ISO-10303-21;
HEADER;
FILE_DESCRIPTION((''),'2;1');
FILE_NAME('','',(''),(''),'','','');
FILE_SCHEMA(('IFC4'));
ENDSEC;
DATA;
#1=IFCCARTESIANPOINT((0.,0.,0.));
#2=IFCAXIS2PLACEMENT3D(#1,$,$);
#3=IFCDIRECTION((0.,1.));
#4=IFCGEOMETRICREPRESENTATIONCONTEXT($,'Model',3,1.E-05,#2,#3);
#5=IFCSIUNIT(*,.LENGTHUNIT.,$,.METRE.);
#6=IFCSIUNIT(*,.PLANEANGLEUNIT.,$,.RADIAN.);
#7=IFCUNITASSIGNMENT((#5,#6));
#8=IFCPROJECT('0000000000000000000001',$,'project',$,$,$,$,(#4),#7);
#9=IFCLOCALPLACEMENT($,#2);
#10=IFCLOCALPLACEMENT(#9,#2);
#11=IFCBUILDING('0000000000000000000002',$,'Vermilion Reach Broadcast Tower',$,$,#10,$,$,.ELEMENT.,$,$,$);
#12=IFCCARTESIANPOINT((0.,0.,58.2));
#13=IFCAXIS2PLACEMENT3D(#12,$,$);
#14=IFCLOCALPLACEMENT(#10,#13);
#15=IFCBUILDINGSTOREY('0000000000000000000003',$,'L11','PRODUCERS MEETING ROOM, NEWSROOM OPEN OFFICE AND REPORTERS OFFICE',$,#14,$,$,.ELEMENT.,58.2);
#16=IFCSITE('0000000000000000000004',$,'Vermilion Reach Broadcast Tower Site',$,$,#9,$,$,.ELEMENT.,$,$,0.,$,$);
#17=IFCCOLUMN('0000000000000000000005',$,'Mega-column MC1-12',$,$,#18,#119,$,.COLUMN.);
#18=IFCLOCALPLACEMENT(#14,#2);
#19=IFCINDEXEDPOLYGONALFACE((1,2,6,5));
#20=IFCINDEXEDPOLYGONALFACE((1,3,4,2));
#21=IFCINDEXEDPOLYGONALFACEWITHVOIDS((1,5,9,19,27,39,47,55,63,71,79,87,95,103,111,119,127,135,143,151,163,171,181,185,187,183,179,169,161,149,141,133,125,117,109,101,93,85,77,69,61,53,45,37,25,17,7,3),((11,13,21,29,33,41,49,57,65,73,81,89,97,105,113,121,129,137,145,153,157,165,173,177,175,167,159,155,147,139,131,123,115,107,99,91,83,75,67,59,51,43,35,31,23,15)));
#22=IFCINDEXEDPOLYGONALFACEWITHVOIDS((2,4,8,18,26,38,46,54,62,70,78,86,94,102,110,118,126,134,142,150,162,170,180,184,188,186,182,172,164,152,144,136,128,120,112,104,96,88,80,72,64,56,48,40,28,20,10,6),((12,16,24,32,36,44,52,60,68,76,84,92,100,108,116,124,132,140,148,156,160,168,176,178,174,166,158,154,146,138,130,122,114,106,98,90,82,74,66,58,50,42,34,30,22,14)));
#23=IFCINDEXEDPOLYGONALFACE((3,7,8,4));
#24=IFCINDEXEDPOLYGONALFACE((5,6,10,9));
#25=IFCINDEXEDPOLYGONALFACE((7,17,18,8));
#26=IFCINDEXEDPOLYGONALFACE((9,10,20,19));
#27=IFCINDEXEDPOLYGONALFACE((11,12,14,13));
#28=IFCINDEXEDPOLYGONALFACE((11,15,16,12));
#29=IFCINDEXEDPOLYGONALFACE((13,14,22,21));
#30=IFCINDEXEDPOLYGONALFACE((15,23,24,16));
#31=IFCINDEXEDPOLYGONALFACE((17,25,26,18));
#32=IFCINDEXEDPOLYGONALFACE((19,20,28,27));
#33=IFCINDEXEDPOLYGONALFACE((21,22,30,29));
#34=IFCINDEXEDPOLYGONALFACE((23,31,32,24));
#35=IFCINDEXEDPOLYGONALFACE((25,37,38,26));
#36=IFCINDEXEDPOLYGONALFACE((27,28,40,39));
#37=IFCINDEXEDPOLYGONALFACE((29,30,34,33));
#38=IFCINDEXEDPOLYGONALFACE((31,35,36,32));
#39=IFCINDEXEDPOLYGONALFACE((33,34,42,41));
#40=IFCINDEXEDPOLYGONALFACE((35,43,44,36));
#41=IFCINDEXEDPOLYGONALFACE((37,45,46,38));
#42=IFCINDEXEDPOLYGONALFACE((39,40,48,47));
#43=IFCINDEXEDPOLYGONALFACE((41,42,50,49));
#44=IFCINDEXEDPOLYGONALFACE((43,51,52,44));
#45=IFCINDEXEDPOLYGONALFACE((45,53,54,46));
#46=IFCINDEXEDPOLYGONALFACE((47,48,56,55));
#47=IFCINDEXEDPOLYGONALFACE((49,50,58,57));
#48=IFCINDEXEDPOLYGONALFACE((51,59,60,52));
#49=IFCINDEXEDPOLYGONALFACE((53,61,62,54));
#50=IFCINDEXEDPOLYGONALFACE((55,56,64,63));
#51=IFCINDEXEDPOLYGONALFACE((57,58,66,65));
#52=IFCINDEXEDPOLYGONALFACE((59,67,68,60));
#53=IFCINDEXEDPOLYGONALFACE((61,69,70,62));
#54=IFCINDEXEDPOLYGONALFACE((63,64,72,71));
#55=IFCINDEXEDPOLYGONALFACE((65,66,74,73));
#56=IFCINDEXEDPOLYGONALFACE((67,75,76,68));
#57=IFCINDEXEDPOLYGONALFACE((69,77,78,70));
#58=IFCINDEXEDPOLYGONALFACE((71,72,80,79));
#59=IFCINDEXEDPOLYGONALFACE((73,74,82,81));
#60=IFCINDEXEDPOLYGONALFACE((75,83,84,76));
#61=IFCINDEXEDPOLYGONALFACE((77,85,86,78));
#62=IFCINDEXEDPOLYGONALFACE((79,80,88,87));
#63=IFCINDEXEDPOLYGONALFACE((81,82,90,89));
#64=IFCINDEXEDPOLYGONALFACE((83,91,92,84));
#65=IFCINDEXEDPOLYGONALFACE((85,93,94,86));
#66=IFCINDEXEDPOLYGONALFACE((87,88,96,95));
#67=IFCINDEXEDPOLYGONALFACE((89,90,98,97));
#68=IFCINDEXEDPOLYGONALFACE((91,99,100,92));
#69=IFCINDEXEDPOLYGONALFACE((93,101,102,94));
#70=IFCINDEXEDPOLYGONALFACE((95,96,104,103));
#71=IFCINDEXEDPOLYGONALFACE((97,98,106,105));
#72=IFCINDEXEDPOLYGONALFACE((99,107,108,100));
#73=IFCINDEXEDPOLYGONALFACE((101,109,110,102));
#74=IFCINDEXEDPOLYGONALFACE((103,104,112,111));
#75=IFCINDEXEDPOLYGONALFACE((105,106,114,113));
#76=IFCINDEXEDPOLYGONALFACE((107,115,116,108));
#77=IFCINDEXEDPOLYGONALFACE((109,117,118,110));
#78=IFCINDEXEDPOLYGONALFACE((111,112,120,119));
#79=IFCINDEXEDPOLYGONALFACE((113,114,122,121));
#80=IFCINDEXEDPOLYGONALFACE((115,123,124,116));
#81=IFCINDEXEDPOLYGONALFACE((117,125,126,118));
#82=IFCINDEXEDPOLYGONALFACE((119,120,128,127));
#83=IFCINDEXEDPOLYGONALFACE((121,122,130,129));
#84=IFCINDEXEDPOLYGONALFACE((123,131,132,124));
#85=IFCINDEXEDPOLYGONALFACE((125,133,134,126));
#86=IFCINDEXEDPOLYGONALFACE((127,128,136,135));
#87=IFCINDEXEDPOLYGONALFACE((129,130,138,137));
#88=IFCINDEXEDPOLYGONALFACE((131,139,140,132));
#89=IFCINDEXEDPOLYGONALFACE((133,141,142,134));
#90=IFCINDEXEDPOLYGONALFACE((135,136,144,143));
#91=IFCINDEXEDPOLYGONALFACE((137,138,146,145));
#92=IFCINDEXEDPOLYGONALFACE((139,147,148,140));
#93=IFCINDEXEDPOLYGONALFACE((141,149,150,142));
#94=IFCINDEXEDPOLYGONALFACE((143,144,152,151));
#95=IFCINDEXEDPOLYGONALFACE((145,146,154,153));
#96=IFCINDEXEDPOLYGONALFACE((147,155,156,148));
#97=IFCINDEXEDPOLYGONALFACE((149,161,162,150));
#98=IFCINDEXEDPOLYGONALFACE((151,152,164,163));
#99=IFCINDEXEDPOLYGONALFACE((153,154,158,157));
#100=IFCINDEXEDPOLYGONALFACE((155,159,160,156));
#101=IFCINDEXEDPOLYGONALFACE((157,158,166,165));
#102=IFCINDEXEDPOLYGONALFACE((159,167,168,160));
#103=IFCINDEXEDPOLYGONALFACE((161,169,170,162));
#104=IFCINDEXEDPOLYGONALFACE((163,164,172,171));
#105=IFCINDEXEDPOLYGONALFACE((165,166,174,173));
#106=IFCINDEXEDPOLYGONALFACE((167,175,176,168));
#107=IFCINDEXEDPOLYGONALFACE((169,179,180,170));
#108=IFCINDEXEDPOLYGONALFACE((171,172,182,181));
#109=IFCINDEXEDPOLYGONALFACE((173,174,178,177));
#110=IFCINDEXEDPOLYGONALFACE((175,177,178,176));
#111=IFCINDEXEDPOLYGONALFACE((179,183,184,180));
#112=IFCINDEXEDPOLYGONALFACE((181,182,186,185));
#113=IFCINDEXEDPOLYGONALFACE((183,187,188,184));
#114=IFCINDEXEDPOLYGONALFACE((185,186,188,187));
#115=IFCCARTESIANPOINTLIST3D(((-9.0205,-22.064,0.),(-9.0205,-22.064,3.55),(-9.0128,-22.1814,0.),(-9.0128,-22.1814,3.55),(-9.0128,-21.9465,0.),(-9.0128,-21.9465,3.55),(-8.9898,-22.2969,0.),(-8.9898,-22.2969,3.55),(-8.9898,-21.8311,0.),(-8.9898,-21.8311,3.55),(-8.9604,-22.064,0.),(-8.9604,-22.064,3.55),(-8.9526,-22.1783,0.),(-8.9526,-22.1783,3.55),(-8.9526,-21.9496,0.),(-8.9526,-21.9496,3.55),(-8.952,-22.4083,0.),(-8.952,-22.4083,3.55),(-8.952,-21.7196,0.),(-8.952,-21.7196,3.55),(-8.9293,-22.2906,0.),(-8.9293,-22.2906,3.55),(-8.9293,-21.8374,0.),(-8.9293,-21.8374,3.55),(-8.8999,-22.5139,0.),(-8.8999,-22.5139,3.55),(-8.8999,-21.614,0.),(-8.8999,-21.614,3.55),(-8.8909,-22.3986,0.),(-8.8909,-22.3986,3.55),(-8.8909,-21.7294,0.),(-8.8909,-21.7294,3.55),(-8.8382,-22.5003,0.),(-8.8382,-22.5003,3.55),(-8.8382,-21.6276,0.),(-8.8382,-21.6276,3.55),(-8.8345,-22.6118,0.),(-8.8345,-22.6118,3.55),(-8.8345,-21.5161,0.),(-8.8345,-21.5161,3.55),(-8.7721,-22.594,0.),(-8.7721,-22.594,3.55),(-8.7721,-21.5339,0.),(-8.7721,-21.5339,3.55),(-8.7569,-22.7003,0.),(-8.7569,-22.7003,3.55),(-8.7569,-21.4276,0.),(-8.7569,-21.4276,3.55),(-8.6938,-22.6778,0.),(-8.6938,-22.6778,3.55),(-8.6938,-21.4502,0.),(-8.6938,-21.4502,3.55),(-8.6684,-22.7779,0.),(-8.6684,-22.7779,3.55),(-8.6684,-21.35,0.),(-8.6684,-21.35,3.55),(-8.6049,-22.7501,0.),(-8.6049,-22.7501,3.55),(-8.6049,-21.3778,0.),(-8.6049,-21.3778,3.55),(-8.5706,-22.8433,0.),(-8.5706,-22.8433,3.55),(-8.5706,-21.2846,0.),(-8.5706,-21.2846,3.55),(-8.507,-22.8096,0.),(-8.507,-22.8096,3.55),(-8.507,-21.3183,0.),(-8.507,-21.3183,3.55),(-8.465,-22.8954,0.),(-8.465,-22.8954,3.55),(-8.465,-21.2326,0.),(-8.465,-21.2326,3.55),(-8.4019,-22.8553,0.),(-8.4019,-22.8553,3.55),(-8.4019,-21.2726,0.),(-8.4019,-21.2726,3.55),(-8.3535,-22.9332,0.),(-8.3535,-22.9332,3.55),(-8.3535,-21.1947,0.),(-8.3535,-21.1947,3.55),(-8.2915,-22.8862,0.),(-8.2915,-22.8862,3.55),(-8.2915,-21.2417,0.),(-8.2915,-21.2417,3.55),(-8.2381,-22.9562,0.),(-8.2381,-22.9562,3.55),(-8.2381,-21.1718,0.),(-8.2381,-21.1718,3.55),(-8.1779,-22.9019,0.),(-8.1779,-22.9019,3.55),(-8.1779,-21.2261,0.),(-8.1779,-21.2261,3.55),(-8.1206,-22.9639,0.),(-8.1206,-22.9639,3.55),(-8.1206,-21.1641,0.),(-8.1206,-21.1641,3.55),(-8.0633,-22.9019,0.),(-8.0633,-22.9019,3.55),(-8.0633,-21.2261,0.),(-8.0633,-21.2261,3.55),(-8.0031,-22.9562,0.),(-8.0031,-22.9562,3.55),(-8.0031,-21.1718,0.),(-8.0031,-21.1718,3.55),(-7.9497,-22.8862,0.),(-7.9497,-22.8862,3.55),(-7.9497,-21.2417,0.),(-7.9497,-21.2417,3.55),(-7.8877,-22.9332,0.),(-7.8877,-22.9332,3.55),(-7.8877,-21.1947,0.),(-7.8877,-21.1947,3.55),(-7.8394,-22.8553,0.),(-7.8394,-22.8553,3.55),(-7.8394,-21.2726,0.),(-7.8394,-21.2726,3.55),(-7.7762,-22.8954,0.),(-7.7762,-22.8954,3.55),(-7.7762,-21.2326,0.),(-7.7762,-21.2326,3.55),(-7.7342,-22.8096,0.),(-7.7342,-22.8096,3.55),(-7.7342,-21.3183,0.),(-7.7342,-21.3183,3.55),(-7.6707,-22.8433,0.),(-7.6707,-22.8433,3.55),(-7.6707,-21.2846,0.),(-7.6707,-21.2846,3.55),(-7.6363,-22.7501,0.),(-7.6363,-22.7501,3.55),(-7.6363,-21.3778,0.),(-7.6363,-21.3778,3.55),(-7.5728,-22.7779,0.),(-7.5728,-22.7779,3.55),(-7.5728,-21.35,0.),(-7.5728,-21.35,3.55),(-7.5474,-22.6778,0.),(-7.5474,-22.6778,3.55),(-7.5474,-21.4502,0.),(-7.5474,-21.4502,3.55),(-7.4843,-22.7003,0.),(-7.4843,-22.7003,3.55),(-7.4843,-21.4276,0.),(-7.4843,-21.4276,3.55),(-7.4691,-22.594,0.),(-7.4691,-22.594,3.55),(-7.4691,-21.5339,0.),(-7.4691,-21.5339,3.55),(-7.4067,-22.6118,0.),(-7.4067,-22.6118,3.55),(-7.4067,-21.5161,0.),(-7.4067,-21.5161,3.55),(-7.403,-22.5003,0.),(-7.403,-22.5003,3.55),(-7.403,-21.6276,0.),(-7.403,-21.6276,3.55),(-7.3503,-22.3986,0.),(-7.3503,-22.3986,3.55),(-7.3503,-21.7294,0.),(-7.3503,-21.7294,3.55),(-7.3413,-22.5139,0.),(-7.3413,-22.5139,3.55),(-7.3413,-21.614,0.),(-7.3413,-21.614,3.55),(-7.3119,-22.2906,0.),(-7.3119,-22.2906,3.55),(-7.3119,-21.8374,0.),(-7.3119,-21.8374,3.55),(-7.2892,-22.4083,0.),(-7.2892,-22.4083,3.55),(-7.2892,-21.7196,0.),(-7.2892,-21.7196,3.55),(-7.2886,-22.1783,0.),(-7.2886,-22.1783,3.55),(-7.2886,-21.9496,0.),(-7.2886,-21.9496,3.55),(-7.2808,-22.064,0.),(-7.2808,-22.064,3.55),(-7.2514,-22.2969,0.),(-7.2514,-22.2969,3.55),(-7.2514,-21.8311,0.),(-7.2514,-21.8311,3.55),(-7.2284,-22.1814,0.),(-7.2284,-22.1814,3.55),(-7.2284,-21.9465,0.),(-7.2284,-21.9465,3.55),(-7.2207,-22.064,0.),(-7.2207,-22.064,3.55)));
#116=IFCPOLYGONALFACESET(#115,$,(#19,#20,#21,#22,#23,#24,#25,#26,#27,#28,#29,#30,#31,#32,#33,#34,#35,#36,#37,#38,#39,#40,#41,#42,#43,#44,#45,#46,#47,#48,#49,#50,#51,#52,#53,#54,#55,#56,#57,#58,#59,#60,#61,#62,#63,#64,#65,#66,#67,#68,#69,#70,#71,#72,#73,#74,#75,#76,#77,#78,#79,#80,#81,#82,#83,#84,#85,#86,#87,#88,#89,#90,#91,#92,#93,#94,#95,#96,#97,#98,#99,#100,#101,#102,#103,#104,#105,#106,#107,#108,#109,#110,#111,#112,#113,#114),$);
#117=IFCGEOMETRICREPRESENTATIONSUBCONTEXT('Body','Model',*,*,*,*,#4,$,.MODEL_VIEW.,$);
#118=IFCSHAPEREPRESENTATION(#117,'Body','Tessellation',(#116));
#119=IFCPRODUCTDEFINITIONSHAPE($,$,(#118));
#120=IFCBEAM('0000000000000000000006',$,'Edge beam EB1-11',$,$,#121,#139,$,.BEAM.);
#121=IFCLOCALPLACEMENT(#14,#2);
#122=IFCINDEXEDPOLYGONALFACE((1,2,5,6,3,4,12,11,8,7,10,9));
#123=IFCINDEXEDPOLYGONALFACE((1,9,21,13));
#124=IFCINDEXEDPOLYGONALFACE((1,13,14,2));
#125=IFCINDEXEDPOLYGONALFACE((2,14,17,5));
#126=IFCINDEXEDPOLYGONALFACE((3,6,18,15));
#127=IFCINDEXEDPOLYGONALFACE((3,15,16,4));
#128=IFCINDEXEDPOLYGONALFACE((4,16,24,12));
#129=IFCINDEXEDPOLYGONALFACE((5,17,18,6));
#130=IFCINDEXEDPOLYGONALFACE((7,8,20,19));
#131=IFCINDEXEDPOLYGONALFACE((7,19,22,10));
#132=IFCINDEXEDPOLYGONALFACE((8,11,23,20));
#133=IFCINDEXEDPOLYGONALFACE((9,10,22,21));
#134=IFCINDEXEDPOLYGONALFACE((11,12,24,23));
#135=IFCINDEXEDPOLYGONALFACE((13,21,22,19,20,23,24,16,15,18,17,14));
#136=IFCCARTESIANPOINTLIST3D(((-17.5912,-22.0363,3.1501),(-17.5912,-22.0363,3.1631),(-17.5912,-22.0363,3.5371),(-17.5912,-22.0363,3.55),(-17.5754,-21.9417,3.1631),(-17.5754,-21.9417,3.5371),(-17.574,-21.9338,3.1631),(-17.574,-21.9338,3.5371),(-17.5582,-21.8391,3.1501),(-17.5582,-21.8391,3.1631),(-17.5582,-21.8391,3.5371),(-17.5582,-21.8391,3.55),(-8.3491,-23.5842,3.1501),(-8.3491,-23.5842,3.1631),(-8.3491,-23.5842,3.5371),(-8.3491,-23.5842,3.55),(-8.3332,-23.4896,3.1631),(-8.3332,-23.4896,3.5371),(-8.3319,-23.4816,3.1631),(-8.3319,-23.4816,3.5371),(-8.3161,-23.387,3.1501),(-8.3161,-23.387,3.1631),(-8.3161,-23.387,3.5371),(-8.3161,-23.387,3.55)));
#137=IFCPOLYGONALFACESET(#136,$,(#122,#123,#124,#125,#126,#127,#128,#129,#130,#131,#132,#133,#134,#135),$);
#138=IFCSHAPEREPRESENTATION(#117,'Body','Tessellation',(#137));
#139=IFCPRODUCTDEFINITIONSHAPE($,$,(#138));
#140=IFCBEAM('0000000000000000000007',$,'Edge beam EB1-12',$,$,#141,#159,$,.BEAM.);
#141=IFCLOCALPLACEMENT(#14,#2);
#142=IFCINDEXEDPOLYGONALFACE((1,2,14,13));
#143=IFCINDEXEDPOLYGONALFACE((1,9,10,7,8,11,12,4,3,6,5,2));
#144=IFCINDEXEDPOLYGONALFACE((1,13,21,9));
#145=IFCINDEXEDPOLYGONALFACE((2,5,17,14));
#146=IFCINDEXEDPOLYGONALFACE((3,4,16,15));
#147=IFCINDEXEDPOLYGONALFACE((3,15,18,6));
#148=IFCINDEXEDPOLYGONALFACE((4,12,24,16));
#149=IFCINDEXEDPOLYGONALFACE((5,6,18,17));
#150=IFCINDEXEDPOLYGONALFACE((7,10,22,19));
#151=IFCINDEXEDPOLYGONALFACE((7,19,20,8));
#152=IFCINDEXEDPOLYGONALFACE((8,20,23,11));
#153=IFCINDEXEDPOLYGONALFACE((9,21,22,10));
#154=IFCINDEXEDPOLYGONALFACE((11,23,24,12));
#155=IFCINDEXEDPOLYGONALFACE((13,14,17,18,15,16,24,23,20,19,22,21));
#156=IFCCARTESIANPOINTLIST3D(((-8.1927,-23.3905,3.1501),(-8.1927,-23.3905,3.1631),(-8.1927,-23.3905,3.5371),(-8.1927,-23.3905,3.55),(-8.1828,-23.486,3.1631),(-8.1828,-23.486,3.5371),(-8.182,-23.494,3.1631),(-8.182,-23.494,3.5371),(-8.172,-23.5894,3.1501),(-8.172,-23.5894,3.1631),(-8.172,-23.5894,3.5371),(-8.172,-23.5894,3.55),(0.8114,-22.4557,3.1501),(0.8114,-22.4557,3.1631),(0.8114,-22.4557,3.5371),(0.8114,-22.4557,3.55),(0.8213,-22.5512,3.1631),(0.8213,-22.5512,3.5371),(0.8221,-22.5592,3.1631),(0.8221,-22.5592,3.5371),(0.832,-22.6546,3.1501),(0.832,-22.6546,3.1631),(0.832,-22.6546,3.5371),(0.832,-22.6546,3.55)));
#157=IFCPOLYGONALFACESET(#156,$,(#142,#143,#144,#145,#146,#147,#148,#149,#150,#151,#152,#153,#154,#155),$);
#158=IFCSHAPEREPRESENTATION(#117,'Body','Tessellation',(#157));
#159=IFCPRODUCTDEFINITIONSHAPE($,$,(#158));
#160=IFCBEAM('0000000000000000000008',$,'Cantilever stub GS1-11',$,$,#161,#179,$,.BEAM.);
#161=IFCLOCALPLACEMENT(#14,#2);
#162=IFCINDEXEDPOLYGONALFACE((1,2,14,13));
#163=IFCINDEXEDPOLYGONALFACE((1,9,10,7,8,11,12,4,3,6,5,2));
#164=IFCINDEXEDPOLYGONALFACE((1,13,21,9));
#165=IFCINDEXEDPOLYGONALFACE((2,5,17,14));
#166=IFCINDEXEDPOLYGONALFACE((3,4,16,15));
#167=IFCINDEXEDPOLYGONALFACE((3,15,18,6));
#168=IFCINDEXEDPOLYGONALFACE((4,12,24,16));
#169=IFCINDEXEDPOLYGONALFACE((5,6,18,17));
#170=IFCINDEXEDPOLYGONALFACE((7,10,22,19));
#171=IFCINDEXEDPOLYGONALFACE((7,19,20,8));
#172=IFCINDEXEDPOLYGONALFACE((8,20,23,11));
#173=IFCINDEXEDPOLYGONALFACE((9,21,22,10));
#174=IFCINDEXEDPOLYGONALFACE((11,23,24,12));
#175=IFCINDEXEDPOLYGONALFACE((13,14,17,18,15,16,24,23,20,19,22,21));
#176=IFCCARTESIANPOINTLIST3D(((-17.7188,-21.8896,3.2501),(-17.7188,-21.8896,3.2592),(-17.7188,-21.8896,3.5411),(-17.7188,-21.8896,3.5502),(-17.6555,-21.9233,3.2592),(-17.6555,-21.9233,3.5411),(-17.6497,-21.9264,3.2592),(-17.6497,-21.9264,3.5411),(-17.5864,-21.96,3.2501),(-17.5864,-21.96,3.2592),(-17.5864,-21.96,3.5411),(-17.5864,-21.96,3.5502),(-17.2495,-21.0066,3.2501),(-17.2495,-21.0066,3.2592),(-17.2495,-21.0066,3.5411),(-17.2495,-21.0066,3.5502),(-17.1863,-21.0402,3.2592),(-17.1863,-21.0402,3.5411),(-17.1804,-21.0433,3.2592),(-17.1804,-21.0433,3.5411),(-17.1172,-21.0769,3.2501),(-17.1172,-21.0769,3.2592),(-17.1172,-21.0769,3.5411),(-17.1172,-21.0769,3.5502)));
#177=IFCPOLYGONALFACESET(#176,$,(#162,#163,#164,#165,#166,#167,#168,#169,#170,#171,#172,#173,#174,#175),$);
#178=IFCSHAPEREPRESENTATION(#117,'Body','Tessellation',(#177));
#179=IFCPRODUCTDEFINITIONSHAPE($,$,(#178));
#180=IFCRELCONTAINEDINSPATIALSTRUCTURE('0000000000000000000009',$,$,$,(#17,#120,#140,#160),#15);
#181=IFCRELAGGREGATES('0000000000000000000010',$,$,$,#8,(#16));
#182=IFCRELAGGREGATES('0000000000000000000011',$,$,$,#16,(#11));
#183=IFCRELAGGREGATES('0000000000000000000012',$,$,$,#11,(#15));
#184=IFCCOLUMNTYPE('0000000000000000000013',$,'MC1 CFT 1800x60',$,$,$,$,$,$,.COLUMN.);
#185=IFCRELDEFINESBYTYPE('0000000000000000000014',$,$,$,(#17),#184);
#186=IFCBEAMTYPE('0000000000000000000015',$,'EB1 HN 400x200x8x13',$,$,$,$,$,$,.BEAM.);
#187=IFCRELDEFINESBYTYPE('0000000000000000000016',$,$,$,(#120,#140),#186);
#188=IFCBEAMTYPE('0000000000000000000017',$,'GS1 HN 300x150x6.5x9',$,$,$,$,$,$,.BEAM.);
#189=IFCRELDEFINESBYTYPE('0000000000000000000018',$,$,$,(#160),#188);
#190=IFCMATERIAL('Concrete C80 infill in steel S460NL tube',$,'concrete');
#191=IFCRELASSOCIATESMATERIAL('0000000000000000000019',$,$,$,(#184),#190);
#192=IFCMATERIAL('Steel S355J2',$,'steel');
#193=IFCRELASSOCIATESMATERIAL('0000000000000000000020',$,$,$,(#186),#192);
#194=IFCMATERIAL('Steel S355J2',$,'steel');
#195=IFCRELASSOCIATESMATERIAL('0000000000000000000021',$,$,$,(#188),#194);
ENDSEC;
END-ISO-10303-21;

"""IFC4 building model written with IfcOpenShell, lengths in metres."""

from ifc_helpers import new_model, si_unit, direction, frame, origin, origin_2d, place, context, subcontext, project, spatial, hollow_circle, i_section, extrude, material, material_profile, profile_set, type_object, element, save


model = new_model("IFC4")

# Units and contexts
model_context = context("Model", 3, precision=1e-05, world=origin(), true_north=direction((0.0, 1.0)))
body_context = subcontext(model_context, "Body", "Model", "MODEL_VIEW")
ifc_project = project(units=[si_unit("LENGTHUNIT", "METRE"), si_unit("PLANEANGLEUNIT", "RADIAN")], contexts=[model_context])

# Site, building, storey
site_placement = place(None, origin())
site = spatial("IfcSite", under=ifc_project, at=site_placement, Name="Vermilion Reach Broadcast Tower Site", CompositionType="ELEMENT", RefElevation=0.0)
building_placement = place(site_placement, origin())
building = spatial("IfcBuilding", under=site, at=building_placement, Name="Vermilion Reach Broadcast Tower", CompositionType="ELEMENT")
storey_placement = place(building_placement, frame((0.0, 0.0, 58.2)))
storey = spatial("IfcBuildingStorey", under=building, at=storey_placement, Name="L11", Description="PRODUCERS MEETING ROOM, NEWSROOM OPEN OFFICE AND REPORTERS OFFICE", CompositionType="ELEMENT", Elevation=58.2)

# Column
ifc_material_1 = material(Name="Concrete C80 infill in steel S460NL tube", Category="concrete")
ifc_material_profile_1 = material_profile(ifc_material_1, hollow_circle(Radius=0.8999, WallThickness=0.0601, at=origin_2d()), Name="Concrete C80 infill in steel S460NL tube CFT 1800x60")
ifc_profile_set_1 = profile_set([ifc_material_profile_1], Name="Concrete C80 infill in steel S460NL tube")
column_type = type_object("IfcColumnType", Name="MC1 CFT 1800x60", PredefinedType="COLUMN", material=ifc_profile_set_1)
for number, where, z_axis, x_axis, name in (
    (1, (-8.1206, -22.064, 0.0), (0.0, 0.0, 1.0), (1.0, 0.0, 0.0), "Mega-column MC1-12"),
):
    element("IfcColumn", number, at=place(storey_placement, frame(where, z_axis=z_axis, x_axis=x_axis)), inside=storey, type_object=column_type, Name=name, PredefinedType="COLUMN", context=body_context, shape_type="SweptSolid", body=[
        extrude(hollow_circle(Radius=0.8999, WallThickness=0.0601, at=origin_2d()), origin(), (0.0, 0.0, 1.0), 3.55),
    ])

# Beams
ifc_material_2 = material(Name="Steel S355J2", Category="steel")
ifc_material_profile_2 = material_profile(ifc_material_2, i_section(OverallWidth=0.2, OverallDepth=0.3999, WebThickness=0.0081, FlangeThickness=0.0129, at=origin_2d()), Name="S355J2 HN 400x200x8x13")
ifc_profile_set_2 = profile_set([ifc_material_profile_2], Name="Steel S355J2")
beam_type_1 = type_object("IfcBeamType", Name="EB1 HN 400x200x8x13", PredefinedType="BEAM", material=ifc_profile_set_2)
beam_1_placement = place(storey_placement, frame((-17.5747, -21.9377, 3.3501), z_axis=(0.986264, -0.165176, 0.0), x_axis=(0.165176, 0.986264, 0.0)))
element("IfcBeam", 2, at=beam_1_placement, inside=storey, type_object=beam_type_1, Name="Edge beam EB1-11", PredefinedType="BEAM", context=body_context, shape_type="SweptSolid", body=[
    extrude(i_section(OverallWidth=0.2, OverallDepth=0.3999, WebThickness=0.0081, FlangeThickness=0.0129, at=origin_2d()), origin(), (0.0, 0.0, 1.0), 9.3708),
])
beam_2_placement = place(storey_placement, frame((-8.1824, -23.49, 3.3501), z_axis=(0.994654, 0.103265, 0.0), x_axis=(-0.103265, 0.994654, 0.0)))
element("IfcBeam", 3, at=beam_2_placement, inside=storey, type_object=beam_type_1, Name="Edge beam EB1-12", PredefinedType="BEAM", context=body_context, shape_type="SweptSolid", body=[
    extrude(i_section(OverallWidth=0.2, OverallDepth=0.3999, WebThickness=0.0081, FlangeThickness=0.0129, at=origin_2d()), origin(), (0.0, 0.0, 1.0), 9.0525),
])
ifc_material_3 = material(Name="Steel S355J2", Category="steel")
ifc_material_profile_3 = material_profile(ifc_material_3, i_section(OverallWidth=0.1499, OverallDepth=0.3, WebThickness=0.0066, FlangeThickness=0.009, at=origin_2d()), Name="S355J2 HN 300x150x6.5x9")
ifc_profile_set_3 = profile_set([ifc_material_profile_3], Name="Steel S355J2")
beam_type_2 = type_object("IfcBeamType", Name="GS1 HN 300x150x6.5x9", PredefinedType="BEAM", material=ifc_profile_set_3)
for number, where, z_axis, x_axis, name in (
    (4, (-17.1833, -21.0417, 3.4001), (-0.469244, -0.883068, 0.0), (0.883068, -0.469244, 0.0), "Cantilever stub GS1-11"),
):
    element("IfcBeam", number, at=place(storey_placement, frame(where, z_axis=z_axis, x_axis=x_axis)), inside=storey, type_object=beam_type_2, Name=name, PredefinedType="BEAM", context=body_context, shape_type="SweptSolid", body=[
        extrude(i_section(OverallWidth=0.1499, OverallDepth=0.3, WebThickness=0.0066, FlangeThickness=0.009, at=origin_2d()), origin(), (0.0, 0.0, 1.0), 1.0),
    ])

save(model, "model.ifc")
